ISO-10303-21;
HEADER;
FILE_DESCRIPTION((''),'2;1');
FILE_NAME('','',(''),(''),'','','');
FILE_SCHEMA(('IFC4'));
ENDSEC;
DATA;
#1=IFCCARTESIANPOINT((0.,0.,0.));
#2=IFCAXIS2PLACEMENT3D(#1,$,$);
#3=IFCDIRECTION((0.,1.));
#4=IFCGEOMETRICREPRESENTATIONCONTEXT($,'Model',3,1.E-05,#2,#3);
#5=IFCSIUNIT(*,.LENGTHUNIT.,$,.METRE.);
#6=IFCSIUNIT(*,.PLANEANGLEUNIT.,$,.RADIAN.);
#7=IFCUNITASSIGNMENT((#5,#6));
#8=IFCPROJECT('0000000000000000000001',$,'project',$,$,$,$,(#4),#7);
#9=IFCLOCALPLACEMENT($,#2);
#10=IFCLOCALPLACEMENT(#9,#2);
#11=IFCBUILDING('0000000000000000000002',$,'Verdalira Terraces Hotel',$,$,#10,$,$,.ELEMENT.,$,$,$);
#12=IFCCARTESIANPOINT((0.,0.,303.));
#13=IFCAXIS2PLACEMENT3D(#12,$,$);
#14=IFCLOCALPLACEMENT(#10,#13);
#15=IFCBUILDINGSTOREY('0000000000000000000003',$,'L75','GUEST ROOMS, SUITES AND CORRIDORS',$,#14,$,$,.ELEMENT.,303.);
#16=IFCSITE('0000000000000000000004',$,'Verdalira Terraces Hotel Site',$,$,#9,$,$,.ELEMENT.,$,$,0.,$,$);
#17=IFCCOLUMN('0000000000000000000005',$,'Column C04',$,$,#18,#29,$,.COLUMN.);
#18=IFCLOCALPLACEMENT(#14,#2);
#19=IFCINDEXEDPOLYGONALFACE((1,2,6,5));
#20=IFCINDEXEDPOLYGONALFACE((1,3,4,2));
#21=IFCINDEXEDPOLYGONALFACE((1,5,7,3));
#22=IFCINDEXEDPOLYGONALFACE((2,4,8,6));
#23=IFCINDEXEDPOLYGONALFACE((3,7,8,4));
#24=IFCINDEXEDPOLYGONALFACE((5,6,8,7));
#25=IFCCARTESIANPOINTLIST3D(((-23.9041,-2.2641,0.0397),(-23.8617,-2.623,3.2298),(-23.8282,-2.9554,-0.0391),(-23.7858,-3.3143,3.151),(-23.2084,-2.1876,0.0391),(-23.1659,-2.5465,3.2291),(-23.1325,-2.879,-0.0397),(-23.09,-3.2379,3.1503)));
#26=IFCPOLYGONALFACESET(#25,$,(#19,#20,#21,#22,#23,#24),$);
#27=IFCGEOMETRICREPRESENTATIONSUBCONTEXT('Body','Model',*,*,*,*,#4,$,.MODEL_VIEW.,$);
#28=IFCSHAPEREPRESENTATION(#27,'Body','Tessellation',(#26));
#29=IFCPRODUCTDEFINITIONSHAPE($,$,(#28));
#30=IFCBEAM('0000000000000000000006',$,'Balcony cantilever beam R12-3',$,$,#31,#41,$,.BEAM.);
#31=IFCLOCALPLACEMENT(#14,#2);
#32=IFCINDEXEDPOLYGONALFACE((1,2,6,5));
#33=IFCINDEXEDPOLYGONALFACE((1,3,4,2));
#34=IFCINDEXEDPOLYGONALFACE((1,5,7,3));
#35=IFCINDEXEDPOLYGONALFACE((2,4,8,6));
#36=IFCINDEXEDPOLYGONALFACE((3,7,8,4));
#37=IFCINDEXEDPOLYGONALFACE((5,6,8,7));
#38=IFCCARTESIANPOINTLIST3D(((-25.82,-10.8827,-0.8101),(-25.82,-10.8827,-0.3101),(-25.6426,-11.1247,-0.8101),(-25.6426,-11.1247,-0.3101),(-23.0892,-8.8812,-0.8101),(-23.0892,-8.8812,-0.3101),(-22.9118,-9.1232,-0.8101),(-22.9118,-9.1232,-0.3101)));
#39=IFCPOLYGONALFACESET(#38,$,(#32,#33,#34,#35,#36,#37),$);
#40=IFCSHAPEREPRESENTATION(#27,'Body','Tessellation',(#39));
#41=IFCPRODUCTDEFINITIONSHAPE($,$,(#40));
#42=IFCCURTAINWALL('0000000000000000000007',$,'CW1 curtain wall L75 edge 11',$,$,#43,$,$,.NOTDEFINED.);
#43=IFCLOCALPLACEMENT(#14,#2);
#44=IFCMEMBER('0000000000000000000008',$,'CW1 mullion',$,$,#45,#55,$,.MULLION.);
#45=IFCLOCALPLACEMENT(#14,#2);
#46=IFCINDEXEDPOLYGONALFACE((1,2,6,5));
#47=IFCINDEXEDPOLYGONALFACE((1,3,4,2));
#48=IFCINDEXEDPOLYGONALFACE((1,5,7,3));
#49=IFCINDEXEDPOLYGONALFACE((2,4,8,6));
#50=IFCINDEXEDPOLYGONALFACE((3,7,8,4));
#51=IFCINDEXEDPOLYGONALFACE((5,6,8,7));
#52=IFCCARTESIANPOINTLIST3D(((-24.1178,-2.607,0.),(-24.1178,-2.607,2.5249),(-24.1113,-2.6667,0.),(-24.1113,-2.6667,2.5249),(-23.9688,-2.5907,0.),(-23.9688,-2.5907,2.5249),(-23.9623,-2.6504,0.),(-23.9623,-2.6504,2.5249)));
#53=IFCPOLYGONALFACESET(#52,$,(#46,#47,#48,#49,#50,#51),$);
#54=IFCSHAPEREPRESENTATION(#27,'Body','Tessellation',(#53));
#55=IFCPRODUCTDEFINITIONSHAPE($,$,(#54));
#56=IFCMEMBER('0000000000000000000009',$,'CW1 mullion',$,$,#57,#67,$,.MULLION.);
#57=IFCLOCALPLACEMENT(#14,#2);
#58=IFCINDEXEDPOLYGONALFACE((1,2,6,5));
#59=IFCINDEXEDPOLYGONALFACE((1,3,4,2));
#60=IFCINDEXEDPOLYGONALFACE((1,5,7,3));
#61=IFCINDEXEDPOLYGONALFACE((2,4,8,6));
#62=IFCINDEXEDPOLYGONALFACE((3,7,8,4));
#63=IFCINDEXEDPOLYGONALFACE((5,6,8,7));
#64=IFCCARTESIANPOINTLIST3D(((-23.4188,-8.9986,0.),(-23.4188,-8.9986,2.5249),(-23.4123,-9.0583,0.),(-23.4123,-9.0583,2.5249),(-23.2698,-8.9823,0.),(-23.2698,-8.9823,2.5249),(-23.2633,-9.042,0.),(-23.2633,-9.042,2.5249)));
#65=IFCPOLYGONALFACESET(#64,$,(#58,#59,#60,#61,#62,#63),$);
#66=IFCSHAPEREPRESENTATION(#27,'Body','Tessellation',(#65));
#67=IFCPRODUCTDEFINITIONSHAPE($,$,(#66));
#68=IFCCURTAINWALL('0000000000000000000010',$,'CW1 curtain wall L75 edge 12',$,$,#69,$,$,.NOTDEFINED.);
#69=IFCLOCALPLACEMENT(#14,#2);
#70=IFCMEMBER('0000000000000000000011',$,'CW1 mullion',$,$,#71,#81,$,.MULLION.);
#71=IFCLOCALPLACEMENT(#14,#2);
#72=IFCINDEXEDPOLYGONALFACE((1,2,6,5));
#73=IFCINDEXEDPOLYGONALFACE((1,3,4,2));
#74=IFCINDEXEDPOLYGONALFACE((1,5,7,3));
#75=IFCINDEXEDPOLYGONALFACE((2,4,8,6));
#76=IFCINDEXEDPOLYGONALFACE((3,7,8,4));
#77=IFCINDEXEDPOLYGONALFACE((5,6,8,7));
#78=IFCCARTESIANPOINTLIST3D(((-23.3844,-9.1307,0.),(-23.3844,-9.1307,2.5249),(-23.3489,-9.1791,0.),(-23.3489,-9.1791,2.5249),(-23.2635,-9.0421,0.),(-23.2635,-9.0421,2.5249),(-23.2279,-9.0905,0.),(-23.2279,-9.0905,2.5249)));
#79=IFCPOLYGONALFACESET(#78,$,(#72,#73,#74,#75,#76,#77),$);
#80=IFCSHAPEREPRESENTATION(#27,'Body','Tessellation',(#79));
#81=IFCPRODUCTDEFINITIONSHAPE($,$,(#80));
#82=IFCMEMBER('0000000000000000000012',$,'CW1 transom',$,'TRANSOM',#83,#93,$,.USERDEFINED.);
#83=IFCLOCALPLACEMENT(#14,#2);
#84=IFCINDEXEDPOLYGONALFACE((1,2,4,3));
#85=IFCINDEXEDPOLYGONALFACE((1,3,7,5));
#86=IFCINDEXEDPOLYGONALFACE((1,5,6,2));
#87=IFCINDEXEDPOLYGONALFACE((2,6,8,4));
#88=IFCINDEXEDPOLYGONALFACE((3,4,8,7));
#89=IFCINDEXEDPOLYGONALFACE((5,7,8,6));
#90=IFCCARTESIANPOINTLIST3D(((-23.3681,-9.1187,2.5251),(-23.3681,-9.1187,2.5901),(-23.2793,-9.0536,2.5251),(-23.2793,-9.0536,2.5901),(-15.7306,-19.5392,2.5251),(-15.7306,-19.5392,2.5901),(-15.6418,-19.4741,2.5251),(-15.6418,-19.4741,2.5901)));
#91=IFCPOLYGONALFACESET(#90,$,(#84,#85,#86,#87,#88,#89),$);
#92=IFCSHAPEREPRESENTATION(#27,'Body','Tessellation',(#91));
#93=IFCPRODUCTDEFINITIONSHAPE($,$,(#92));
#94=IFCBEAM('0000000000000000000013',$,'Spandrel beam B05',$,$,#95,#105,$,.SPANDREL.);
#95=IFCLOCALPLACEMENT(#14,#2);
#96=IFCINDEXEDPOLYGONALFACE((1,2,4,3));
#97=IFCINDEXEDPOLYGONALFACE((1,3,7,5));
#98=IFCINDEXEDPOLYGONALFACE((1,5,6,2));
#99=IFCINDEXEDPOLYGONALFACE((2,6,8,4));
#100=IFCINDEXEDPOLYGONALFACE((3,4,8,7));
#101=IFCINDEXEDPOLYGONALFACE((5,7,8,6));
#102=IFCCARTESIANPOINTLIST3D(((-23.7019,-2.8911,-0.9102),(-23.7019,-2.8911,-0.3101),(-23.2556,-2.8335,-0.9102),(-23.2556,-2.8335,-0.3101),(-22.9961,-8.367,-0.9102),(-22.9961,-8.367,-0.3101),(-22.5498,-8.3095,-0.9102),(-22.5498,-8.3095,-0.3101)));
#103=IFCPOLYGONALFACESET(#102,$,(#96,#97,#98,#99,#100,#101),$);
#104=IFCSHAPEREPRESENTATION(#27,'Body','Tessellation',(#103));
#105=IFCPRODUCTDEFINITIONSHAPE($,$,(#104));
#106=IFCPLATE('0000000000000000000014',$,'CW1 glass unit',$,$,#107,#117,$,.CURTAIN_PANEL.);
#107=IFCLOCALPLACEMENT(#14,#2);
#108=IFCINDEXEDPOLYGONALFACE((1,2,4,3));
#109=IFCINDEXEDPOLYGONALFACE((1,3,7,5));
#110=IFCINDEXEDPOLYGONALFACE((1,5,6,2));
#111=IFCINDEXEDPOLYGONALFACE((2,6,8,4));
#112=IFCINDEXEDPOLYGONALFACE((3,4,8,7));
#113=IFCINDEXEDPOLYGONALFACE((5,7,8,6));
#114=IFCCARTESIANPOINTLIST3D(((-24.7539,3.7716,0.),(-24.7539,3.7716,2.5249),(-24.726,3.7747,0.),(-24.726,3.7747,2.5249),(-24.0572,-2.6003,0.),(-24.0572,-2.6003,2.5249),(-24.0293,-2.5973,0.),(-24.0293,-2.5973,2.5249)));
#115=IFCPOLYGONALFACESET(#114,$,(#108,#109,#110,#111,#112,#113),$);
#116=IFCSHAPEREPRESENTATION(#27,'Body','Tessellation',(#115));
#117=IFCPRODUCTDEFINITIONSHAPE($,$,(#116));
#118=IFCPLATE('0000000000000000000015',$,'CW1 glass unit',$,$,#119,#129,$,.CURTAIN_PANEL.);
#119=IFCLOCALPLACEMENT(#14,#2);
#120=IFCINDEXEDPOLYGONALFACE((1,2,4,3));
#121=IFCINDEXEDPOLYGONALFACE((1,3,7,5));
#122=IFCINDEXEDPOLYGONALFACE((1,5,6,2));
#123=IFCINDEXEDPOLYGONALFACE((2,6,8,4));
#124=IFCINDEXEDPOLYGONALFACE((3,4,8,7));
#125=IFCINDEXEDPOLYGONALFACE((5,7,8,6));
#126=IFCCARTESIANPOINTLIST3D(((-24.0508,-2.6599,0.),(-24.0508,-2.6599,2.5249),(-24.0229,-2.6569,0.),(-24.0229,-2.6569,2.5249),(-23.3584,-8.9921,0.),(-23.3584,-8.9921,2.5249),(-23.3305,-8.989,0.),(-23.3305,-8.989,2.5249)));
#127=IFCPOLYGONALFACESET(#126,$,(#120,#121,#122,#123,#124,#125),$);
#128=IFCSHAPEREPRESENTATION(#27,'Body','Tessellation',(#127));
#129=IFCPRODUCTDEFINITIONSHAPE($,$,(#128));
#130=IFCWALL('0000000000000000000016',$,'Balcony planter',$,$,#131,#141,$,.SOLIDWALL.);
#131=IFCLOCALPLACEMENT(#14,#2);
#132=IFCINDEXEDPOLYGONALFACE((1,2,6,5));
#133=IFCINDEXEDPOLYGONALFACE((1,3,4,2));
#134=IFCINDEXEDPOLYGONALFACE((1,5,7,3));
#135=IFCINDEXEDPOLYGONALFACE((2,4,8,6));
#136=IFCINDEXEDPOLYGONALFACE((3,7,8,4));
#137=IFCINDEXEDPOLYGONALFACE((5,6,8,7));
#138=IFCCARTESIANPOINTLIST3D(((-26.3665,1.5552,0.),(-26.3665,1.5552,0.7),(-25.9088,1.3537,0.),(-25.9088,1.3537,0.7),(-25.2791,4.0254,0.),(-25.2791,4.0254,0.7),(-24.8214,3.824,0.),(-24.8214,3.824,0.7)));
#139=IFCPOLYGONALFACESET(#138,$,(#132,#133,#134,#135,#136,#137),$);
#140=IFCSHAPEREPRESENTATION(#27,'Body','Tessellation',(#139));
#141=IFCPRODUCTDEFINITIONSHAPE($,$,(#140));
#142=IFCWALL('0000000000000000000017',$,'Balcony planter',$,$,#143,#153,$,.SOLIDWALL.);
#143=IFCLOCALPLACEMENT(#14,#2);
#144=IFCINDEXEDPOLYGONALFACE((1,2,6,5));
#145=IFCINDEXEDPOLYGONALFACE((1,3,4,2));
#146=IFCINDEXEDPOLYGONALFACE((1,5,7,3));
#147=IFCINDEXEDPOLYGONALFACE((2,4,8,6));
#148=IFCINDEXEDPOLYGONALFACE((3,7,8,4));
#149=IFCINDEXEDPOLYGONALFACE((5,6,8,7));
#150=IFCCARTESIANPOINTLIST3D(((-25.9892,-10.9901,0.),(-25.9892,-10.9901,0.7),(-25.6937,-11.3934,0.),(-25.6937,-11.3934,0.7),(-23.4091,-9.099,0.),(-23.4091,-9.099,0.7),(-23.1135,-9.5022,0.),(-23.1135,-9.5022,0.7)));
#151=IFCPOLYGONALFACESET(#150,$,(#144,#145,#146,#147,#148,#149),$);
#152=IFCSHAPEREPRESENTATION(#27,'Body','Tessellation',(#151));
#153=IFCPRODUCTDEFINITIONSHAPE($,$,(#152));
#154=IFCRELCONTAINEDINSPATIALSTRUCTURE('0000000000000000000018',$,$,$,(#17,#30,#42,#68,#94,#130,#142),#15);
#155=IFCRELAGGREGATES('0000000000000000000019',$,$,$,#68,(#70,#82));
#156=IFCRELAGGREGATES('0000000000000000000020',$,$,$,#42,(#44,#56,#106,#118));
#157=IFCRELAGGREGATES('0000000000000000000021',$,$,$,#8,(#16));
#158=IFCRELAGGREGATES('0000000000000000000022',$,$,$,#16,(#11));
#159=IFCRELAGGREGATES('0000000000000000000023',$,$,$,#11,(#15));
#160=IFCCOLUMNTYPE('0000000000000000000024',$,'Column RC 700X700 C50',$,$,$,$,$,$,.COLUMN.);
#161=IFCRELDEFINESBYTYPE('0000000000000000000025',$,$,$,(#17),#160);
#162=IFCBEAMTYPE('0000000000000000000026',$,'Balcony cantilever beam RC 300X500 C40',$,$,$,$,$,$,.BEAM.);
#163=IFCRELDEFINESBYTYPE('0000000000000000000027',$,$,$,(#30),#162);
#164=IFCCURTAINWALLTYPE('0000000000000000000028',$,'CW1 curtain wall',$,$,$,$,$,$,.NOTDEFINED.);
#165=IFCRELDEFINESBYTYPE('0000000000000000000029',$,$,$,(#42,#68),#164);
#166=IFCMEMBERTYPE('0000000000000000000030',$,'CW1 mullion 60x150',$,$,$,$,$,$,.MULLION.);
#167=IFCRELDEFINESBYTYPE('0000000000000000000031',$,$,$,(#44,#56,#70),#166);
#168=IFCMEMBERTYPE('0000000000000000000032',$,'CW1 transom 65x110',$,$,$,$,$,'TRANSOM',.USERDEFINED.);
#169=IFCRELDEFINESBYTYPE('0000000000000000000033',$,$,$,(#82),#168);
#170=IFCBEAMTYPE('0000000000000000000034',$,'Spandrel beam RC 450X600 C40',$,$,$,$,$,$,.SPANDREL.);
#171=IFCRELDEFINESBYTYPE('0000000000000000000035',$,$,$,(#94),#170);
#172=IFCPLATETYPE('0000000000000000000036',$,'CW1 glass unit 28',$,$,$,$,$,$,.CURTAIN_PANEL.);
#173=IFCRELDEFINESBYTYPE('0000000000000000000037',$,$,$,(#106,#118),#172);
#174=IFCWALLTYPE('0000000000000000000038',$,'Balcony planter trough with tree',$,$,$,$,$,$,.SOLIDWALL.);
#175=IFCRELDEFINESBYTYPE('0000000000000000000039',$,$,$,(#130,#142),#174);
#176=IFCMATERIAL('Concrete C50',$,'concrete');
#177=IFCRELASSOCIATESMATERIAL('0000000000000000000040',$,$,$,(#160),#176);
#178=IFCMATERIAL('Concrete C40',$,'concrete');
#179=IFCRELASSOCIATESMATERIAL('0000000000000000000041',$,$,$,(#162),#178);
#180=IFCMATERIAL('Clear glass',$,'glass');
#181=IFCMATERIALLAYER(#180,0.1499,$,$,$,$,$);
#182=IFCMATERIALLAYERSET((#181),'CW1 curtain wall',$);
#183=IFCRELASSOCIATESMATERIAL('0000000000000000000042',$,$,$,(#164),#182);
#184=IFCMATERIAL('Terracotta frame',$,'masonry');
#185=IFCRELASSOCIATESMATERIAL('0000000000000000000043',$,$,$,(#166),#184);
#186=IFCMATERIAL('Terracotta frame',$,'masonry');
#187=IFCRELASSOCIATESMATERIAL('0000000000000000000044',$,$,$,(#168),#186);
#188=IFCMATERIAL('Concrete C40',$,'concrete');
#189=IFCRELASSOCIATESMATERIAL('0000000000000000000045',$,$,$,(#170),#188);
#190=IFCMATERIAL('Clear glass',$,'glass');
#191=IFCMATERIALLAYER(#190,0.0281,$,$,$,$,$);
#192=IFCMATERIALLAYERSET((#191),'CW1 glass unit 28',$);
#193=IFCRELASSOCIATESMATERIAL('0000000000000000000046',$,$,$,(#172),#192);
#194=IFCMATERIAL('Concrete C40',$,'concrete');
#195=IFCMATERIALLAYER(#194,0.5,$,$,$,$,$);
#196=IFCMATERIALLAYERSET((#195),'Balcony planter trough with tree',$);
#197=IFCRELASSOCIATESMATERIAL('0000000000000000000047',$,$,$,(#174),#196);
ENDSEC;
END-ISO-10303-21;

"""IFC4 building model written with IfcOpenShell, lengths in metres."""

from ifc_helpers import new_model, si_unit, direction, frame, frame_2d, origin, origin_2d, place, context, subcontext, project, spatial, rectangle, extrude, material, layer, layer_set, material_profile, profile_set, type_object, element, aggregate, save


model = new_model("IFC4")

# Units and contexts
model_context = context("Model", 3, precision=1e-05, world=origin(), true_north=direction((0.0, 1.0)))
body_context = subcontext(model_context, "Body", "Model", "MODEL_VIEW")
ifc_project = project(units=[si_unit("LENGTHUNIT", "METRE"), si_unit("PLANEANGLEUNIT", "RADIAN")], contexts=[model_context])

# Site, building, storey
site_placement = place(None, origin())
site = spatial("IfcSite", under=ifc_project, at=site_placement, Name="Verdalira Terraces Hotel Site", CompositionType="ELEMENT", RefElevation=0.0)
building_placement = place(site_placement, origin())
building = spatial("IfcBuilding", under=site, at=building_placement, Name="Verdalira Terraces Hotel", CompositionType="ELEMENT")
storey_placement = place(building_placement, frame((0.0, 0.0, 303.0)))
storey = spatial("IfcBuildingStorey", under=building, at=storey_placement, Name="L75", Description="GUEST ROOMS, SUITES AND CORRIDORS", CompositionType="ELEMENT", Elevation=303.0)

# Column
ifc_material_1 = material(Name="Concrete C50", Category="concrete")
ifc_material_profile_1 = material_profile(ifc_material_1, rectangle(XDim=0.7, YDim=0.7, at=origin_2d()), Name="RC 700X700")
ifc_profile_set_1 = profile_set([ifc_material_profile_1], Name="Concrete C50")
column_type = type_object("IfcColumnType", Name="Column RC 700X700 C50", PredefinedType="COLUMN", material=ifc_profile_set_1)
column_placement = place(storey_placement, frame((-23.5183, -2.5715, 0.0), z_axis=(0.013232, -0.111791, 0.993644), x_axis=(0.108422, -0.987711, -0.112567)))
element("IfcColumn", 1, at=column_placement, inside=storey, type_object=column_type, Name="Column C04", PredefinedType="COLUMN", context=body_context, shape_type="SweptSolid", body=[
    extrude(rectangle(XDim=0.7, YDim=0.7, at=origin_2d()), origin(), (0.0, 0.0, 1.0), 3.2104),
])

# Beam
ifc_material_2 = material(Name="Concrete C40", Category="concrete")
ifc_material_profile_2 = material_profile(ifc_material_2, rectangle(XDim=0.3, YDim=0.5, at=origin_2d()), Name="RC 300X500")
ifc_profile_set_2 = profile_set([ifc_material_profile_2], Name="Concrete C40")
beam_type_1 = type_object("IfcBeamType", Name="Balcony cantilever beam RC 300X500 C40", PredefinedType="BEAM", material=ifc_profile_set_2)
beam_1_placement = place(storey_placement, frame((-23.0005, -9.0022, -0.5601), z_axis=(-0.806554, -0.59116, 0.0), x_axis=(0.59116, -0.806554, 0.0)))
element("IfcBeam", 2, at=beam_1_placement, inside=storey, type_object=beam_type_1, Name="Balcony cantilever beam R12-3", PredefinedType="BEAM", context=body_context, shape_type="SweptSolid", body=[
    extrude(rectangle(XDim=0.3, YDim=0.5, at=origin_2d()), origin(), (0.0, 0.0, 1.0), 3.3857),
])

# Curtain walls, members
ifc_material_3 = material(Name="Clear glass", Category="glass")
ifc_layer_1 = layer(ifc_material_3, 0.1499)
ifc_layer_set_1 = layer_set([ifc_layer_1], Name="CW1 curtain wall")
curtain_wall_type = type_object("IfcCurtainWallType", Name="CW1 curtain wall", PredefinedType="NOTDEFINED", material=ifc_layer_set_1)
curtain_wall_1_placement = place(storey_placement, origin())
curtain_wall_1 = element("IfcCurtainWall", 3, at=curtain_wall_1_placement, inside=storey, type_object=curtain_wall_type, Name="CW1 curtain wall L75 edge 11", PredefinedType="NOTDEFINED")
ifc_material_4 = material(Name="Terracotta frame", Category="masonry")
ifc_material_profile_3 = material_profile(ifc_material_4, rectangle(XDim=0.0601, YDim=0.1499, at=origin_2d()), Name="MU 60x150")
ifc_profile_set_3 = profile_set([ifc_material_profile_3], Name="Terracotta frame")
member_type_1 = type_object("IfcMemberType", Name="CW1 mullion 60x150", PredefinedType="MULLION", material=ifc_profile_set_3)
member_1_placement = place(storey_placement, frame((-24.04, -2.6287, 0.0), z_axis=(0.0, 0.0, 1.0), x_axis=(0.108693, -0.994075, 0.0)))
member_1 = element("IfcMember", 4, at=member_1_placement, type_object=member_type_1, Name="CW1 mullion", PredefinedType="MULLION", context=body_context, shape_type="SweptSolid", body=[
    extrude(rectangle(XDim=0.0601, YDim=0.1499, at=origin_2d()), origin(), (0.0, 0.0, 1.0), 2.5249),
])
member_2_placement = place(storey_placement, frame((-23.3411, -9.0203, 0.0), z_axis=(0.0, 0.0, 1.0), x_axis=(0.108693, -0.994075, 0.0)))
member_2 = element("IfcMember", 5, at=member_2_placement, type_object=member_type_1, Name="CW1 mullion", PredefinedType="MULLION", context=body_context, shape_type="SweptSolid", body=[
    extrude(rectangle(XDim=0.0601, YDim=0.1499, at=origin_2d()), origin(), (0.0, 0.0, 1.0), 2.5249),
])
curtain_wall_2_placement = place(storey_placement, origin())
curtain_wall_2 = element("IfcCurtainWall", 6, at=curtain_wall_2_placement, inside=storey, type_object=curtain_wall_type, Name="CW1 curtain wall L75 edge 12", PredefinedType="NOTDEFINED")
member_3_placement = place(storey_placement, frame((-23.3062, -9.1106, 0.0), z_axis=(0.0, 0.0, 1.0), x_axis=(0.591169, -0.806548, 0.0)))
member_3 = element("IfcMember", 7, at=member_3_placement, type_object=member_type_1, Name="CW1 mullion", PredefinedType="MULLION", context=body_context, shape_type="SweptSolid", body=[
    extrude(rectangle(XDim=0.0601, YDim=0.1499, at=origin_2d()), origin(), (0.0, 0.0, 1.0), 2.5249),
])
ifc_material_5 = material(Name="Terracotta frame", Category="masonry")
ifc_material_profile_4 = material_profile(ifc_material_5, rectangle(XDim=0.1101, YDim=0.0649, at=origin_2d()), Name="TR 65x110")
ifc_profile_set_4 = profile_set([ifc_material_profile_4], Name="Terracotta frame")
member_type_2 = type_object("IfcMemberType", Name="CW1 transom 65x110", ElementType="TRANSOM", PredefinedType="USERDEFINED", material=ifc_profile_set_4)
member_4_placement = place(storey_placement, frame((-23.3237, -9.0862, 2.5576), z_axis=(0.591153, -0.806559, 0.0), x_axis=(0.806559, 0.591153, 0.0)))
member_4 = element("IfcMember", 8, at=member_4_placement, type_object=member_type_2, Name="CW1 transom", ObjectType="TRANSOM", PredefinedType="USERDEFINED", context=body_context, shape_type="SweptSolid", body=[
    extrude(rectangle(XDim=0.1101, YDim=0.0649, at=origin_2d()), origin(), (0.0, 0.0, 1.0), 12.9197),
])
aggregate(curtain_wall_2, [member_3, member_4])

# Beam
ifc_material_6 = material(Name="Concrete C40", Category="concrete")
ifc_material_profile_5 = material_profile(ifc_material_6, rectangle(XDim=0.45, YDim=0.6001, at=origin_2d()), Name="RC 450X600")
ifc_profile_set_5 = profile_set([ifc_material_profile_5], Name="Concrete C40")
beam_type_2 = type_object("IfcBeamType", Name="Spandrel beam RC 450X600 C40", PredefinedType="SPANDREL", material=ifc_profile_set_5)
beam_2_placement = place(storey_placement, frame((-23.4788, -2.8623, -0.6101), z_axis=(0.127838, -0.991795, 0.0), x_axis=(0.991795, 0.127838, 0.0)))
element("IfcBeam", 9, at=beam_2_placement, inside=storey, type_object=beam_type_2, Name="Spandrel beam B05", PredefinedType="SPANDREL", context=body_context, shape_type="SweptSolid", body=[
    extrude(rectangle(XDim=0.45, YDim=0.6001, at=origin_2d()), origin(), (0.0, 0.0, 1.0), 5.5212),
])

# Plates
ifc_material_7 = material(Name="Clear glass", Category="glass")
ifc_layer_2 = layer(ifc_material_7, 0.0281)
ifc_layer_set_2 = layer_set([ifc_layer_2], Name="CW1 glass unit 28")
plate_type = type_object("IfcPlateType", Name="CW1 glass unit 28", PredefinedType="CURTAIN_PANEL", material=ifc_layer_set_2)
plate_1_placement = place(storey_placement, frame((-24.3916, 0.5872, 0.0), z_axis=(0.0, 0.0, 1.0), x_axis=(0.108693, -0.994075, 0.0)))
plate_1 = element("IfcPlate", 10, at=plate_1_placement, type_object=plate_type, Name="CW1 glass unit", PredefinedType="CURTAIN_PANEL", context=body_context, shape_type="SweptSolid", body=[
    extrude(rectangle(XDim=6.4099, YDim=0.0281, at=origin_2d()), origin(), (0.0, 0.0, 1.0), 2.5249),
])
plate_2_placement = place(storey_placement, frame((-23.6907, -5.8245, 0.0), z_axis=(0.0, 0.0, 1.0), x_axis=(0.108693, -0.994075, 0.0)))
plate_2 = element("IfcPlate", 11, at=plate_2_placement, type_object=plate_type, Name="CW1 glass unit", PredefinedType="CURTAIN_PANEL", context=body_context, shape_type="SweptSolid", body=[
    extrude(rectangle(XDim=6.3699, YDim=0.0281, at=origin_2d()), origin(), (0.0, 0.0, 1.0), 2.5249),
])
aggregate(curtain_wall_1, [member_1, member_2, plate_1, plate_2])

# Walls
ifc_material_8 = material(Name="Concrete C40", Category="concrete")
ifc_layer_3 = layer(ifc_material_8, 0.5)
ifc_layer_set_3 = layer_set([ifc_layer_3], Name="Balcony planter trough with tree")
wall_type_1 = type_object("IfcWallType", Name="Balcony planter trough with tree", PredefinedType="SOLIDWALL", material=ifc_layer_set_3)
wall_1_placement = place(storey_placement, frame((-26.1377, 1.4543, 0.0), z_axis=(0.0, 0.0, 1.0), x_axis=(0.402896, 0.915246, 0.0)))
element("IfcWall", 12, at=wall_1_placement, inside=storey, type_object=wall_type_1, Name="Balcony planter", PredefinedType="SOLIDWALL", context=body_context, shape_type="SweptSolid", body=[
    extrude(rectangle(XDim=2.699, YDim=0.5, at=frame_2d((1.3496, 0.0))), origin(), (0.0, 0.0, 1.0), 0.7),
])
wall_2_placement = place(storey_placement, frame((-23.2612, -9.3005, 0.0), z_axis=(0.0, 0.0, 1.0), x_axis=(-0.806546, -0.591172, 0.0)))
element("IfcWall", 13, at=wall_2_placement, inside=storey, type_object=wall_type_1, Name="Balcony planter", PredefinedType="SOLIDWALL", context=body_context, shape_type="SweptSolid", body=[
    extrude(rectangle(XDim=3.199, YDim=0.5, at=frame_2d((1.5996, 0.0))), origin(), (0.0, 0.0, 1.0), 0.7),
])

save(model, "model.ifc")
